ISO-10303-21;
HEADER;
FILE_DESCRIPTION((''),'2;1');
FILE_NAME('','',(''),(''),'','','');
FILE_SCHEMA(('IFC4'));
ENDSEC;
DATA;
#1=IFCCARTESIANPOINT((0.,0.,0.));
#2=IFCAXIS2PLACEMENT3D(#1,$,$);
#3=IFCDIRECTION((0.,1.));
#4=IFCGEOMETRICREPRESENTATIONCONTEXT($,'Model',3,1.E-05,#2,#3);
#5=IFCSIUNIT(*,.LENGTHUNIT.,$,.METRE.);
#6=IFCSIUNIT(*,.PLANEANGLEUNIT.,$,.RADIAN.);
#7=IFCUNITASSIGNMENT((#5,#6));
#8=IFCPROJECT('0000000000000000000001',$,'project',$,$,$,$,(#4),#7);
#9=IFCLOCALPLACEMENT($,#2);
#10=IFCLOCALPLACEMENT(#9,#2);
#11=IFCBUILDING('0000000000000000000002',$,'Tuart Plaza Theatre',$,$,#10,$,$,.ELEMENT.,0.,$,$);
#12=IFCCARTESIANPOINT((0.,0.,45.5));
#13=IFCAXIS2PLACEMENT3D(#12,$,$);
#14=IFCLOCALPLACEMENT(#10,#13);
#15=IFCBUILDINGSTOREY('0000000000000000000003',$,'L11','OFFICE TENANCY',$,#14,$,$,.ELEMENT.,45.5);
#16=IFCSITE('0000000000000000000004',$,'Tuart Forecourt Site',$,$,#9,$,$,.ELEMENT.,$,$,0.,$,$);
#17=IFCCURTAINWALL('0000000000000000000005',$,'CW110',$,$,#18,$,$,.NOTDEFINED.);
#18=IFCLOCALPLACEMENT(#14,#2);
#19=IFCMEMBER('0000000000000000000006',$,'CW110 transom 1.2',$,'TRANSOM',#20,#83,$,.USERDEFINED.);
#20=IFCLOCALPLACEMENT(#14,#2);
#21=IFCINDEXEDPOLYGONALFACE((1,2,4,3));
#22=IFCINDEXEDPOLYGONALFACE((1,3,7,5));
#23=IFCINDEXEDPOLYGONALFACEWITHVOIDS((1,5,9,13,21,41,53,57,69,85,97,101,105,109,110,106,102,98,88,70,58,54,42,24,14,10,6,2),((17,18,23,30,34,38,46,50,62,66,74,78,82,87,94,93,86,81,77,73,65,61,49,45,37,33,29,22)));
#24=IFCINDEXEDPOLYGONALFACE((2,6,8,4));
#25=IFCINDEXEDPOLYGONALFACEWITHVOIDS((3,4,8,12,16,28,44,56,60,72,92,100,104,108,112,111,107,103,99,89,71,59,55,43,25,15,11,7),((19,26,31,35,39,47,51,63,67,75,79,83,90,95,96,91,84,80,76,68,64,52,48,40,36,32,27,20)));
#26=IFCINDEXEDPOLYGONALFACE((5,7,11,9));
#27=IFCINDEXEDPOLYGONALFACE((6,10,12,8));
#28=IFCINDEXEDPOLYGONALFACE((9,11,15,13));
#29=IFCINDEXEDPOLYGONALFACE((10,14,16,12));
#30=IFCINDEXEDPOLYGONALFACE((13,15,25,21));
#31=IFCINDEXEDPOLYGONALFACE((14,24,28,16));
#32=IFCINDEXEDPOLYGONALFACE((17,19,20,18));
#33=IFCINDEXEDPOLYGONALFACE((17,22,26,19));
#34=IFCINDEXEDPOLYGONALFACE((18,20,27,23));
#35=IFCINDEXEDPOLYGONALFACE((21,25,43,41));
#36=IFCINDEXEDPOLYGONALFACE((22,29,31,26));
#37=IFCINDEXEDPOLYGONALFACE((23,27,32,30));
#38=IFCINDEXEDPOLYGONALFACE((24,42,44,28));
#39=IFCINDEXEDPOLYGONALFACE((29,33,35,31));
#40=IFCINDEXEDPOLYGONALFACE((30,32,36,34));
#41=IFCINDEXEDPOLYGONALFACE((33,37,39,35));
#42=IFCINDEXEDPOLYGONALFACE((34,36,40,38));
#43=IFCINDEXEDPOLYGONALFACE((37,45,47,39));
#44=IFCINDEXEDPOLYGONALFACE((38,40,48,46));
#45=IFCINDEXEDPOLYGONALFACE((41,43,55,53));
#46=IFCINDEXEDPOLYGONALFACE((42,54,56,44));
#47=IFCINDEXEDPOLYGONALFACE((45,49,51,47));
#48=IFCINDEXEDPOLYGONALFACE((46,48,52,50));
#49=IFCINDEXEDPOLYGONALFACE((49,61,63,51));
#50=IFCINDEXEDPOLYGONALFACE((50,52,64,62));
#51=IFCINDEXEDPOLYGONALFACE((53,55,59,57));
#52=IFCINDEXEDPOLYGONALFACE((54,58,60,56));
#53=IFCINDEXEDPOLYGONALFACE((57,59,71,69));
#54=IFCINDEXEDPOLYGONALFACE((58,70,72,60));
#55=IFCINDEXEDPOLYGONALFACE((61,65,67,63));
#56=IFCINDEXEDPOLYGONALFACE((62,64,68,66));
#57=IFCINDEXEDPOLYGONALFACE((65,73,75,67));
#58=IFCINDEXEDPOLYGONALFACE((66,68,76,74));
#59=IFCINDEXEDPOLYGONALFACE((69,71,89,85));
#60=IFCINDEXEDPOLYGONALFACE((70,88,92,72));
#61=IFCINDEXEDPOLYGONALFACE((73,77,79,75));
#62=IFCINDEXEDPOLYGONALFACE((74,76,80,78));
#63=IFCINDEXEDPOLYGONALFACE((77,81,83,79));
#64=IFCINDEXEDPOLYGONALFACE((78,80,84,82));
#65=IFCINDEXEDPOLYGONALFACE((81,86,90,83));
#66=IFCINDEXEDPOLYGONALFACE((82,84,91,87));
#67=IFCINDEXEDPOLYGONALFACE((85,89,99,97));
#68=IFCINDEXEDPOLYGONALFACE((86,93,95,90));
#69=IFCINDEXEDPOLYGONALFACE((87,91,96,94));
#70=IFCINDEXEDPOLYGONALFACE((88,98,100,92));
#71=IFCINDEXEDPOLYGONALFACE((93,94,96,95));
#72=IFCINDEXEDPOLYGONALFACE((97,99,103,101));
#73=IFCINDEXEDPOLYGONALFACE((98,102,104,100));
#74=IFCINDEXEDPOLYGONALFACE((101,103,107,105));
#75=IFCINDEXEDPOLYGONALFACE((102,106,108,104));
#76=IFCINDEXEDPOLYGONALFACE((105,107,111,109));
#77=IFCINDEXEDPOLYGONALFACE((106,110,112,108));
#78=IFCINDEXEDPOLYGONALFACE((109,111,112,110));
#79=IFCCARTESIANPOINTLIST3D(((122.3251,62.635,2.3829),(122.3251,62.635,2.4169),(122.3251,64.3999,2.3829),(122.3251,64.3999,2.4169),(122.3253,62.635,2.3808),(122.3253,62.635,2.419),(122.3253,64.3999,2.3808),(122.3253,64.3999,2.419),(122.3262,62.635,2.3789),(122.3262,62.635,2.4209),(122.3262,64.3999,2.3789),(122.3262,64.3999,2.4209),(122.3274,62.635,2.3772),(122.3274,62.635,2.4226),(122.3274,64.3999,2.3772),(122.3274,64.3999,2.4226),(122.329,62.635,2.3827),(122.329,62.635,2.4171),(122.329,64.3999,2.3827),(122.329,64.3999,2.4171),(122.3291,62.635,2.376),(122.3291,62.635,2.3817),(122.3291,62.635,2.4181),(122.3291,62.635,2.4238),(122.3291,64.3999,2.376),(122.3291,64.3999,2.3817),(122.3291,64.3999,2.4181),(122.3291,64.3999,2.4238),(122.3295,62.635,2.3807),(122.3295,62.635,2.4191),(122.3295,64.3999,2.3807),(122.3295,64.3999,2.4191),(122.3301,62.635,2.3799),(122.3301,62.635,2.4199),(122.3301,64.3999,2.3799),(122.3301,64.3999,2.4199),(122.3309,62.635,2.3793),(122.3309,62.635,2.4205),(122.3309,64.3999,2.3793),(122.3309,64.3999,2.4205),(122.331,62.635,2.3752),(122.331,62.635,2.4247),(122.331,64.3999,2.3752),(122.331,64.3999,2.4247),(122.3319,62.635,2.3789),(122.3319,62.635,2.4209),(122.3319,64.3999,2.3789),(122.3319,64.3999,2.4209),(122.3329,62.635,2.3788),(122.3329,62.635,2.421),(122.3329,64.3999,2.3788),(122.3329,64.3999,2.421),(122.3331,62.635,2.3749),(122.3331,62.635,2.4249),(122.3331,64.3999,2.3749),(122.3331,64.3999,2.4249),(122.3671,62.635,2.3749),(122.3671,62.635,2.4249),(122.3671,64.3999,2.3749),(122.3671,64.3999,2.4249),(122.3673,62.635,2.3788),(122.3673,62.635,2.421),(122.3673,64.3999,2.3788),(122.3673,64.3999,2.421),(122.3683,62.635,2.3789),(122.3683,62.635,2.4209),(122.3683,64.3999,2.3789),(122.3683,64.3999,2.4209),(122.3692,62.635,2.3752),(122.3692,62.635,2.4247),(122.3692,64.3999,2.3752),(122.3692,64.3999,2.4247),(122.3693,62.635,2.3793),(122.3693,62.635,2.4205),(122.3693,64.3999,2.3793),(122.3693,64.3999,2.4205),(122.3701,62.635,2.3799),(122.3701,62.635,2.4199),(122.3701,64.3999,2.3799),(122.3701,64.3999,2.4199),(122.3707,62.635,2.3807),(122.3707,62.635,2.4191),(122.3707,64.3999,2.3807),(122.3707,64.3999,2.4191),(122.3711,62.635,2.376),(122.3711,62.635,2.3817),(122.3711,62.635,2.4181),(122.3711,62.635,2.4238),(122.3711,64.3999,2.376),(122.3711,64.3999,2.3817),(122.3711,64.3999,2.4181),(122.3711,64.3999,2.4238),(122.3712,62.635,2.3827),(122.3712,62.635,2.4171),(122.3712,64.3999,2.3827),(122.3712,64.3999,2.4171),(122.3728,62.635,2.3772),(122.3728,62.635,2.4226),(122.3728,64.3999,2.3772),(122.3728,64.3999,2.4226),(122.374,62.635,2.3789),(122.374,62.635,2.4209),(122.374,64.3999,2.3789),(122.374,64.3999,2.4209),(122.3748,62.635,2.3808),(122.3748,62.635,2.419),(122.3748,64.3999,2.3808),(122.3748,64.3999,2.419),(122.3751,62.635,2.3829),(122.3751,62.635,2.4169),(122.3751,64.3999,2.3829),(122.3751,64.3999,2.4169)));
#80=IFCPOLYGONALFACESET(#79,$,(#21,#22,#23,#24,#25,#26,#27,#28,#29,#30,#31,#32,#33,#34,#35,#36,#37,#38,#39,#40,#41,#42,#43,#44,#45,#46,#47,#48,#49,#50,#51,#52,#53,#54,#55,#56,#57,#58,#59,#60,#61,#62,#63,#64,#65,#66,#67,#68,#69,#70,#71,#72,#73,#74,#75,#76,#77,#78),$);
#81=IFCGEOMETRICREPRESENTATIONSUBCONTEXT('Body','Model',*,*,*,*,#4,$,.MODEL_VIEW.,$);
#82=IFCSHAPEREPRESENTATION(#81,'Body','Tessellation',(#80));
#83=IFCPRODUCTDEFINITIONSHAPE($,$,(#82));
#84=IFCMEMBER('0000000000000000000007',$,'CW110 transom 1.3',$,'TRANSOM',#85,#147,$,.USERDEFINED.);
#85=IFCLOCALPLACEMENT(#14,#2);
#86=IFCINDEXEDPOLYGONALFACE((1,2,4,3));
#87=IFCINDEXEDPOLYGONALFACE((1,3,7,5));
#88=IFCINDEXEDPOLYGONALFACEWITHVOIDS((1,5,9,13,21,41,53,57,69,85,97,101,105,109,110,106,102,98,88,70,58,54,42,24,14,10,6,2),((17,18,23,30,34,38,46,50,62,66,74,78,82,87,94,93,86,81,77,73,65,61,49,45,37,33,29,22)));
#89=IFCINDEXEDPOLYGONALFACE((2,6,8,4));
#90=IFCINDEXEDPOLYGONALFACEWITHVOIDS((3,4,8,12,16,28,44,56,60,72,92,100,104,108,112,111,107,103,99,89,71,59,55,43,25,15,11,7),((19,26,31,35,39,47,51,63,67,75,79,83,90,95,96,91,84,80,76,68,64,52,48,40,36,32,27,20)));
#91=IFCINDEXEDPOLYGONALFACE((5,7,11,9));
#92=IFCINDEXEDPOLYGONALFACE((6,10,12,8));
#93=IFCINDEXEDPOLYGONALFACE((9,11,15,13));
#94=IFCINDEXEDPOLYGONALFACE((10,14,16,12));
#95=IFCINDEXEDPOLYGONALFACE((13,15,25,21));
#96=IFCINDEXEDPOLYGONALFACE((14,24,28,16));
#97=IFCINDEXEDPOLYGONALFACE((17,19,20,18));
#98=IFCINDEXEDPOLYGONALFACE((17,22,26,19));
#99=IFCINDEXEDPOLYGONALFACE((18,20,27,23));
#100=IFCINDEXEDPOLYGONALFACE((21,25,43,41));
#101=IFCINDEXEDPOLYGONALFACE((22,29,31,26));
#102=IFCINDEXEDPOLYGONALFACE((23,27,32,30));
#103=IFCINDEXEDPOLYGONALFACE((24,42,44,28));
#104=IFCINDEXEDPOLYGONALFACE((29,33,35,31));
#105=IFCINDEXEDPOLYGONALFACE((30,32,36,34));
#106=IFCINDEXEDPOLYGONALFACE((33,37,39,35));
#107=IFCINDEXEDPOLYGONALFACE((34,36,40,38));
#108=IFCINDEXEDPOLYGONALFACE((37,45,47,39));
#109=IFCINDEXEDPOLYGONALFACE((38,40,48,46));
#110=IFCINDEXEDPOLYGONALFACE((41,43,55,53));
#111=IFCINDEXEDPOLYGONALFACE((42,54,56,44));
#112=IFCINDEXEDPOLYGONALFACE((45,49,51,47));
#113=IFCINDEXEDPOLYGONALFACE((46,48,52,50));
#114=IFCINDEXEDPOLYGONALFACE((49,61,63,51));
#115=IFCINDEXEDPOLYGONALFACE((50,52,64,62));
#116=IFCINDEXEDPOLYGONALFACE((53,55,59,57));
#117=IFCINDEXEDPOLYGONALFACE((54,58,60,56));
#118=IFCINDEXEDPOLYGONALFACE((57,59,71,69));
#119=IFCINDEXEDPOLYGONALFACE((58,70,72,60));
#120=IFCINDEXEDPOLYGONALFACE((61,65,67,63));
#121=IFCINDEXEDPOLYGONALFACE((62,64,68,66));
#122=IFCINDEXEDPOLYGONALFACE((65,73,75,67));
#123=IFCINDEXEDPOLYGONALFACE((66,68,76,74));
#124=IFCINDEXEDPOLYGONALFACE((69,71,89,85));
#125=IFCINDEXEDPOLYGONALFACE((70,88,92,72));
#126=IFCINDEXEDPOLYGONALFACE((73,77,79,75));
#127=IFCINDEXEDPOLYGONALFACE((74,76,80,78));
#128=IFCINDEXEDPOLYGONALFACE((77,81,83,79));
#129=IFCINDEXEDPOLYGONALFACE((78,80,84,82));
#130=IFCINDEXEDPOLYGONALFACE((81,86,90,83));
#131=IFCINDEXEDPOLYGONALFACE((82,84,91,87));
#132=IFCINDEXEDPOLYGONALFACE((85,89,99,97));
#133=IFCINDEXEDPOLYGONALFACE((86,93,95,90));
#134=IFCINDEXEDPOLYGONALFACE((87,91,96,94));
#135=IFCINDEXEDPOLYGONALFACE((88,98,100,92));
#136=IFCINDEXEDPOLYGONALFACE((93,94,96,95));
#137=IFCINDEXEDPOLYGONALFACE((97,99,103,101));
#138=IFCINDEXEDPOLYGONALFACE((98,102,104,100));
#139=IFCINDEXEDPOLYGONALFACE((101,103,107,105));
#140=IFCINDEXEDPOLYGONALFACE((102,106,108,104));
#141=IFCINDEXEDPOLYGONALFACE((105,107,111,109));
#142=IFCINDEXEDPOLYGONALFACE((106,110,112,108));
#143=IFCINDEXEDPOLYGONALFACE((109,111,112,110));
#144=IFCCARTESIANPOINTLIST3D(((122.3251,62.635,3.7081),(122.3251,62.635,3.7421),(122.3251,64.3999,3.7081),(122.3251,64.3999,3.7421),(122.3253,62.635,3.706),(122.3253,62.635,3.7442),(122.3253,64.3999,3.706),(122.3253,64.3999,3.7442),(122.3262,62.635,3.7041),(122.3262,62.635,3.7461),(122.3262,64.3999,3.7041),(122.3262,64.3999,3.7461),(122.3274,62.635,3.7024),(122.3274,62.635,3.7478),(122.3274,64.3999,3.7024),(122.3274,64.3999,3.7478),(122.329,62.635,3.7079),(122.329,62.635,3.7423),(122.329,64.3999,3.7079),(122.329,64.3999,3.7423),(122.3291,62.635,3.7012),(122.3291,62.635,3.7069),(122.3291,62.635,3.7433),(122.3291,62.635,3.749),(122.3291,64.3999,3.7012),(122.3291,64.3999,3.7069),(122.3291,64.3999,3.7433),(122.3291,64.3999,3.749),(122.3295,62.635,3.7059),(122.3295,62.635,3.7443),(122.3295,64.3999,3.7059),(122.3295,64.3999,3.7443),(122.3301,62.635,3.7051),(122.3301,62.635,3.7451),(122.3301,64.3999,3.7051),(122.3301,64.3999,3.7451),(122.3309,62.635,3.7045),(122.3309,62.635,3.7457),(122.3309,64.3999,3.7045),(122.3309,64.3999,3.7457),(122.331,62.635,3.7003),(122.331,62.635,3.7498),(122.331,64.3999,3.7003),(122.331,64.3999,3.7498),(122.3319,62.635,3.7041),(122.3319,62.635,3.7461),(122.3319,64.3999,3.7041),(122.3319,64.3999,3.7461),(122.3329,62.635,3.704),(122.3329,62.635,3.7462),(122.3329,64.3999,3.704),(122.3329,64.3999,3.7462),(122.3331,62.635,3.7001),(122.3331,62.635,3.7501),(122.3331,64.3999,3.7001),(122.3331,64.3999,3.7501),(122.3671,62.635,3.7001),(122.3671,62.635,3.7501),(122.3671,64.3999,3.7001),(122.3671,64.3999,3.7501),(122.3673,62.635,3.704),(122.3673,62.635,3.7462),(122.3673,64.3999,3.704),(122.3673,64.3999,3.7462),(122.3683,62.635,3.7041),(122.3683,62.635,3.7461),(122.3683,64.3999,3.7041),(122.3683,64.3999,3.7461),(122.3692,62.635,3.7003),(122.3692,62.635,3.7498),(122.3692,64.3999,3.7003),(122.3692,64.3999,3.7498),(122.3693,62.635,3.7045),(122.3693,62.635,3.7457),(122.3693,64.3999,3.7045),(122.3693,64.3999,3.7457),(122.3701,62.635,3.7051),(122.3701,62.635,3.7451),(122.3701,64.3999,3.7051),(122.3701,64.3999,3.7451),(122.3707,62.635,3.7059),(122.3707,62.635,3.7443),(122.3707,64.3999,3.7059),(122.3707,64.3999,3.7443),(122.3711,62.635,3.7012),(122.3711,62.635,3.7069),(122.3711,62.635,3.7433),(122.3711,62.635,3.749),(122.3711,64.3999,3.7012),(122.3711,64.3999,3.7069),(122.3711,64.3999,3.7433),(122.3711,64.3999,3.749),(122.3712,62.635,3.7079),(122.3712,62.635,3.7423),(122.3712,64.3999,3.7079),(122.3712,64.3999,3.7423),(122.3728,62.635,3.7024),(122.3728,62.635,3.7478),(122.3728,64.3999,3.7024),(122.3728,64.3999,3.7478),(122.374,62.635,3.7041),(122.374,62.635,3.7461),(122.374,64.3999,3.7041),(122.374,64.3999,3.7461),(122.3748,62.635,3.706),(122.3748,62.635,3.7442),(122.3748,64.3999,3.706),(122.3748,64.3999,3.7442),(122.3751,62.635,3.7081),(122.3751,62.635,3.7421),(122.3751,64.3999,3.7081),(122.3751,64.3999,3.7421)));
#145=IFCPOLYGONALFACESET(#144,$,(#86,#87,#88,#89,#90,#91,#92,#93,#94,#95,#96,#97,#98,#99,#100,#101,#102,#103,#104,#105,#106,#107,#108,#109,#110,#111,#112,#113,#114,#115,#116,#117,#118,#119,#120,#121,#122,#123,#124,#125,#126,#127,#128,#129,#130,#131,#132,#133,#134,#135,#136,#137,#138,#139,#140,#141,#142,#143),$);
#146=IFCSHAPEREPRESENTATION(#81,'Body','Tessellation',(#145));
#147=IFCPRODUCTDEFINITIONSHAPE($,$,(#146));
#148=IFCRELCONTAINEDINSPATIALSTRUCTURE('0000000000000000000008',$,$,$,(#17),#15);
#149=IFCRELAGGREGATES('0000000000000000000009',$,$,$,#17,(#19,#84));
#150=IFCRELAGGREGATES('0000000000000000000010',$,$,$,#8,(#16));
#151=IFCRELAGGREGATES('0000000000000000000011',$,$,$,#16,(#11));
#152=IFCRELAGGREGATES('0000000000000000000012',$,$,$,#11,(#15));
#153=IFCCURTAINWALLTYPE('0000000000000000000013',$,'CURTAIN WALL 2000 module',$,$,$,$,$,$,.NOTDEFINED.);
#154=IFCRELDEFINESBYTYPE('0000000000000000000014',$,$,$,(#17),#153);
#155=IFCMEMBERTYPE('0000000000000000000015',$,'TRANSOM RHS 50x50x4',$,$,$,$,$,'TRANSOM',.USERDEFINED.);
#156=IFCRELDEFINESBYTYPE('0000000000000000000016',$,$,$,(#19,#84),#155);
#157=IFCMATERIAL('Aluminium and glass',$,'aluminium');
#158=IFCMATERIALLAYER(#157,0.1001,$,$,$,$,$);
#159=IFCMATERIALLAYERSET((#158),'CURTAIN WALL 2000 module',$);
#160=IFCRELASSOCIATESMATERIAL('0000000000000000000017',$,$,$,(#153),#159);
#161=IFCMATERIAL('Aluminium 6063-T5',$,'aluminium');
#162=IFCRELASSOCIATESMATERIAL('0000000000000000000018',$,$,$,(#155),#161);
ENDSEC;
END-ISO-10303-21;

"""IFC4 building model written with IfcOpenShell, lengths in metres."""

from ifc_helpers import new_model, si_unit, direction, frame, origin, origin_2d, place, context, subcontext, project, spatial, hollow_rectangle, extrude, material, layer, layer_set, material_profile, profile_set, type_object, element, aggregate, save


model = new_model("IFC4")

# Units and contexts
model_context = context("Model", 3, precision=1e-05, world=origin(), true_north=direction((0.0, 1.0)))
body_context = subcontext(model_context, "Body", "Model", "MODEL_VIEW")
ifc_project = project(units=[si_unit("LENGTHUNIT", "METRE"), si_unit("PLANEANGLEUNIT", "RADIAN")], contexts=[model_context])

# Site, building, storey
site_placement = place(None, origin())
site = spatial("IfcSite", under=ifc_project, at=site_placement, Name="Tuart Forecourt Site", CompositionType="ELEMENT", RefElevation=0.0)
building_placement = place(site_placement, origin())
building = spatial("IfcBuilding", under=site, at=building_placement, Name="Tuart Plaza Theatre", CompositionType="ELEMENT", ElevationOfRefHeight=0.0)
storey_placement = place(building_placement, frame((0.0, 0.0, 45.5)))
storey = spatial("IfcBuildingStorey", under=building, at=storey_placement, Name="L11", Description="OFFICE TENANCY", CompositionType="ELEMENT", Elevation=45.5)

# Curtain wall
ifc_material_1 = material(Name="Aluminium and glass", Category="aluminium")
ifc_layer_1 = layer(ifc_material_1, 0.1001)
ifc_layer_set_1 = layer_set([ifc_layer_1], Name="CURTAIN WALL 2000 module")
curtain_wall_type = type_object("IfcCurtainWallType", Name="CURTAIN WALL 2000 module", PredefinedType="NOTDEFINED", material=ifc_layer_set_1)
curtain_wall_1_placement = place(storey_placement, origin())
curtain_wall_1 = element("IfcCurtainWall", 1, at=curtain_wall_1_placement, inside=storey, type_object=curtain_wall_type, Name="CW110", PredefinedType="NOTDEFINED")

# Members
ifc_material_2 = material(Name="Aluminium 6063-T5", Category="aluminium")
ifc_material_profile_1 = material_profile(ifc_material_2, hollow_rectangle(XDim=0.05, YDim=0.05, WallThickness=0.0039, InnerFilletRadius=0.0039, OuterFilletRadius=0.0081, at=origin_2d()), Name="RHS 50x50x4")
ifc_profile_set_1 = profile_set([ifc_material_profile_1], Name="Aluminium 6063-T5")
member_type_1 = type_object("IfcMemberType", Name="TRANSOM RHS 50x50x4", ElementType="TRANSOM", PredefinedType="USERDEFINED", material=ifc_profile_set_1)
member_1_placement = place(storey_placement, frame((122.3501, 64.3999, 2.3999), z_axis=(0.0, -1.0, 0.0), x_axis=(1.0, 0.0, 0.0)))
member_1 = element("IfcMember", 2, at=member_1_placement, type_object=member_type_1, Name="CW110 transom 1.2", ObjectType="TRANSOM", PredefinedType="USERDEFINED", context=body_context, shape_type="SweptSolid", body=[
    extrude(hollow_rectangle(XDim=0.05, YDim=0.05, WallThickness=0.0039, InnerFilletRadius=0.0039, OuterFilletRadius=0.0081, at=origin_2d()), origin(), (0.0, 0.0, 1.0), 1.7649),
])
member_2_placement = place(storey_placement, frame((122.3501, 64.3999, 3.7251), z_axis=(0.0, -1.0, 0.0), x_axis=(1.0, 0.0, 0.0)))
member_2 = element("IfcMember", 3, at=member_2_placement, type_object=member_type_1, Name="CW110 transom 1.3", ObjectType="TRANSOM", PredefinedType="USERDEFINED", context=body_context, shape_type="SweptSolid", body=[
    extrude(hollow_rectangle(XDim=0.05, YDim=0.05, WallThickness=0.0039, InnerFilletRadius=0.0039, OuterFilletRadius=0.0081, at=origin_2d()), origin(), (0.0, 0.0, 1.0), 1.7649),
])

aggregate(curtain_wall_1, [member_1, member_2])

save(model, "model.ifc")
